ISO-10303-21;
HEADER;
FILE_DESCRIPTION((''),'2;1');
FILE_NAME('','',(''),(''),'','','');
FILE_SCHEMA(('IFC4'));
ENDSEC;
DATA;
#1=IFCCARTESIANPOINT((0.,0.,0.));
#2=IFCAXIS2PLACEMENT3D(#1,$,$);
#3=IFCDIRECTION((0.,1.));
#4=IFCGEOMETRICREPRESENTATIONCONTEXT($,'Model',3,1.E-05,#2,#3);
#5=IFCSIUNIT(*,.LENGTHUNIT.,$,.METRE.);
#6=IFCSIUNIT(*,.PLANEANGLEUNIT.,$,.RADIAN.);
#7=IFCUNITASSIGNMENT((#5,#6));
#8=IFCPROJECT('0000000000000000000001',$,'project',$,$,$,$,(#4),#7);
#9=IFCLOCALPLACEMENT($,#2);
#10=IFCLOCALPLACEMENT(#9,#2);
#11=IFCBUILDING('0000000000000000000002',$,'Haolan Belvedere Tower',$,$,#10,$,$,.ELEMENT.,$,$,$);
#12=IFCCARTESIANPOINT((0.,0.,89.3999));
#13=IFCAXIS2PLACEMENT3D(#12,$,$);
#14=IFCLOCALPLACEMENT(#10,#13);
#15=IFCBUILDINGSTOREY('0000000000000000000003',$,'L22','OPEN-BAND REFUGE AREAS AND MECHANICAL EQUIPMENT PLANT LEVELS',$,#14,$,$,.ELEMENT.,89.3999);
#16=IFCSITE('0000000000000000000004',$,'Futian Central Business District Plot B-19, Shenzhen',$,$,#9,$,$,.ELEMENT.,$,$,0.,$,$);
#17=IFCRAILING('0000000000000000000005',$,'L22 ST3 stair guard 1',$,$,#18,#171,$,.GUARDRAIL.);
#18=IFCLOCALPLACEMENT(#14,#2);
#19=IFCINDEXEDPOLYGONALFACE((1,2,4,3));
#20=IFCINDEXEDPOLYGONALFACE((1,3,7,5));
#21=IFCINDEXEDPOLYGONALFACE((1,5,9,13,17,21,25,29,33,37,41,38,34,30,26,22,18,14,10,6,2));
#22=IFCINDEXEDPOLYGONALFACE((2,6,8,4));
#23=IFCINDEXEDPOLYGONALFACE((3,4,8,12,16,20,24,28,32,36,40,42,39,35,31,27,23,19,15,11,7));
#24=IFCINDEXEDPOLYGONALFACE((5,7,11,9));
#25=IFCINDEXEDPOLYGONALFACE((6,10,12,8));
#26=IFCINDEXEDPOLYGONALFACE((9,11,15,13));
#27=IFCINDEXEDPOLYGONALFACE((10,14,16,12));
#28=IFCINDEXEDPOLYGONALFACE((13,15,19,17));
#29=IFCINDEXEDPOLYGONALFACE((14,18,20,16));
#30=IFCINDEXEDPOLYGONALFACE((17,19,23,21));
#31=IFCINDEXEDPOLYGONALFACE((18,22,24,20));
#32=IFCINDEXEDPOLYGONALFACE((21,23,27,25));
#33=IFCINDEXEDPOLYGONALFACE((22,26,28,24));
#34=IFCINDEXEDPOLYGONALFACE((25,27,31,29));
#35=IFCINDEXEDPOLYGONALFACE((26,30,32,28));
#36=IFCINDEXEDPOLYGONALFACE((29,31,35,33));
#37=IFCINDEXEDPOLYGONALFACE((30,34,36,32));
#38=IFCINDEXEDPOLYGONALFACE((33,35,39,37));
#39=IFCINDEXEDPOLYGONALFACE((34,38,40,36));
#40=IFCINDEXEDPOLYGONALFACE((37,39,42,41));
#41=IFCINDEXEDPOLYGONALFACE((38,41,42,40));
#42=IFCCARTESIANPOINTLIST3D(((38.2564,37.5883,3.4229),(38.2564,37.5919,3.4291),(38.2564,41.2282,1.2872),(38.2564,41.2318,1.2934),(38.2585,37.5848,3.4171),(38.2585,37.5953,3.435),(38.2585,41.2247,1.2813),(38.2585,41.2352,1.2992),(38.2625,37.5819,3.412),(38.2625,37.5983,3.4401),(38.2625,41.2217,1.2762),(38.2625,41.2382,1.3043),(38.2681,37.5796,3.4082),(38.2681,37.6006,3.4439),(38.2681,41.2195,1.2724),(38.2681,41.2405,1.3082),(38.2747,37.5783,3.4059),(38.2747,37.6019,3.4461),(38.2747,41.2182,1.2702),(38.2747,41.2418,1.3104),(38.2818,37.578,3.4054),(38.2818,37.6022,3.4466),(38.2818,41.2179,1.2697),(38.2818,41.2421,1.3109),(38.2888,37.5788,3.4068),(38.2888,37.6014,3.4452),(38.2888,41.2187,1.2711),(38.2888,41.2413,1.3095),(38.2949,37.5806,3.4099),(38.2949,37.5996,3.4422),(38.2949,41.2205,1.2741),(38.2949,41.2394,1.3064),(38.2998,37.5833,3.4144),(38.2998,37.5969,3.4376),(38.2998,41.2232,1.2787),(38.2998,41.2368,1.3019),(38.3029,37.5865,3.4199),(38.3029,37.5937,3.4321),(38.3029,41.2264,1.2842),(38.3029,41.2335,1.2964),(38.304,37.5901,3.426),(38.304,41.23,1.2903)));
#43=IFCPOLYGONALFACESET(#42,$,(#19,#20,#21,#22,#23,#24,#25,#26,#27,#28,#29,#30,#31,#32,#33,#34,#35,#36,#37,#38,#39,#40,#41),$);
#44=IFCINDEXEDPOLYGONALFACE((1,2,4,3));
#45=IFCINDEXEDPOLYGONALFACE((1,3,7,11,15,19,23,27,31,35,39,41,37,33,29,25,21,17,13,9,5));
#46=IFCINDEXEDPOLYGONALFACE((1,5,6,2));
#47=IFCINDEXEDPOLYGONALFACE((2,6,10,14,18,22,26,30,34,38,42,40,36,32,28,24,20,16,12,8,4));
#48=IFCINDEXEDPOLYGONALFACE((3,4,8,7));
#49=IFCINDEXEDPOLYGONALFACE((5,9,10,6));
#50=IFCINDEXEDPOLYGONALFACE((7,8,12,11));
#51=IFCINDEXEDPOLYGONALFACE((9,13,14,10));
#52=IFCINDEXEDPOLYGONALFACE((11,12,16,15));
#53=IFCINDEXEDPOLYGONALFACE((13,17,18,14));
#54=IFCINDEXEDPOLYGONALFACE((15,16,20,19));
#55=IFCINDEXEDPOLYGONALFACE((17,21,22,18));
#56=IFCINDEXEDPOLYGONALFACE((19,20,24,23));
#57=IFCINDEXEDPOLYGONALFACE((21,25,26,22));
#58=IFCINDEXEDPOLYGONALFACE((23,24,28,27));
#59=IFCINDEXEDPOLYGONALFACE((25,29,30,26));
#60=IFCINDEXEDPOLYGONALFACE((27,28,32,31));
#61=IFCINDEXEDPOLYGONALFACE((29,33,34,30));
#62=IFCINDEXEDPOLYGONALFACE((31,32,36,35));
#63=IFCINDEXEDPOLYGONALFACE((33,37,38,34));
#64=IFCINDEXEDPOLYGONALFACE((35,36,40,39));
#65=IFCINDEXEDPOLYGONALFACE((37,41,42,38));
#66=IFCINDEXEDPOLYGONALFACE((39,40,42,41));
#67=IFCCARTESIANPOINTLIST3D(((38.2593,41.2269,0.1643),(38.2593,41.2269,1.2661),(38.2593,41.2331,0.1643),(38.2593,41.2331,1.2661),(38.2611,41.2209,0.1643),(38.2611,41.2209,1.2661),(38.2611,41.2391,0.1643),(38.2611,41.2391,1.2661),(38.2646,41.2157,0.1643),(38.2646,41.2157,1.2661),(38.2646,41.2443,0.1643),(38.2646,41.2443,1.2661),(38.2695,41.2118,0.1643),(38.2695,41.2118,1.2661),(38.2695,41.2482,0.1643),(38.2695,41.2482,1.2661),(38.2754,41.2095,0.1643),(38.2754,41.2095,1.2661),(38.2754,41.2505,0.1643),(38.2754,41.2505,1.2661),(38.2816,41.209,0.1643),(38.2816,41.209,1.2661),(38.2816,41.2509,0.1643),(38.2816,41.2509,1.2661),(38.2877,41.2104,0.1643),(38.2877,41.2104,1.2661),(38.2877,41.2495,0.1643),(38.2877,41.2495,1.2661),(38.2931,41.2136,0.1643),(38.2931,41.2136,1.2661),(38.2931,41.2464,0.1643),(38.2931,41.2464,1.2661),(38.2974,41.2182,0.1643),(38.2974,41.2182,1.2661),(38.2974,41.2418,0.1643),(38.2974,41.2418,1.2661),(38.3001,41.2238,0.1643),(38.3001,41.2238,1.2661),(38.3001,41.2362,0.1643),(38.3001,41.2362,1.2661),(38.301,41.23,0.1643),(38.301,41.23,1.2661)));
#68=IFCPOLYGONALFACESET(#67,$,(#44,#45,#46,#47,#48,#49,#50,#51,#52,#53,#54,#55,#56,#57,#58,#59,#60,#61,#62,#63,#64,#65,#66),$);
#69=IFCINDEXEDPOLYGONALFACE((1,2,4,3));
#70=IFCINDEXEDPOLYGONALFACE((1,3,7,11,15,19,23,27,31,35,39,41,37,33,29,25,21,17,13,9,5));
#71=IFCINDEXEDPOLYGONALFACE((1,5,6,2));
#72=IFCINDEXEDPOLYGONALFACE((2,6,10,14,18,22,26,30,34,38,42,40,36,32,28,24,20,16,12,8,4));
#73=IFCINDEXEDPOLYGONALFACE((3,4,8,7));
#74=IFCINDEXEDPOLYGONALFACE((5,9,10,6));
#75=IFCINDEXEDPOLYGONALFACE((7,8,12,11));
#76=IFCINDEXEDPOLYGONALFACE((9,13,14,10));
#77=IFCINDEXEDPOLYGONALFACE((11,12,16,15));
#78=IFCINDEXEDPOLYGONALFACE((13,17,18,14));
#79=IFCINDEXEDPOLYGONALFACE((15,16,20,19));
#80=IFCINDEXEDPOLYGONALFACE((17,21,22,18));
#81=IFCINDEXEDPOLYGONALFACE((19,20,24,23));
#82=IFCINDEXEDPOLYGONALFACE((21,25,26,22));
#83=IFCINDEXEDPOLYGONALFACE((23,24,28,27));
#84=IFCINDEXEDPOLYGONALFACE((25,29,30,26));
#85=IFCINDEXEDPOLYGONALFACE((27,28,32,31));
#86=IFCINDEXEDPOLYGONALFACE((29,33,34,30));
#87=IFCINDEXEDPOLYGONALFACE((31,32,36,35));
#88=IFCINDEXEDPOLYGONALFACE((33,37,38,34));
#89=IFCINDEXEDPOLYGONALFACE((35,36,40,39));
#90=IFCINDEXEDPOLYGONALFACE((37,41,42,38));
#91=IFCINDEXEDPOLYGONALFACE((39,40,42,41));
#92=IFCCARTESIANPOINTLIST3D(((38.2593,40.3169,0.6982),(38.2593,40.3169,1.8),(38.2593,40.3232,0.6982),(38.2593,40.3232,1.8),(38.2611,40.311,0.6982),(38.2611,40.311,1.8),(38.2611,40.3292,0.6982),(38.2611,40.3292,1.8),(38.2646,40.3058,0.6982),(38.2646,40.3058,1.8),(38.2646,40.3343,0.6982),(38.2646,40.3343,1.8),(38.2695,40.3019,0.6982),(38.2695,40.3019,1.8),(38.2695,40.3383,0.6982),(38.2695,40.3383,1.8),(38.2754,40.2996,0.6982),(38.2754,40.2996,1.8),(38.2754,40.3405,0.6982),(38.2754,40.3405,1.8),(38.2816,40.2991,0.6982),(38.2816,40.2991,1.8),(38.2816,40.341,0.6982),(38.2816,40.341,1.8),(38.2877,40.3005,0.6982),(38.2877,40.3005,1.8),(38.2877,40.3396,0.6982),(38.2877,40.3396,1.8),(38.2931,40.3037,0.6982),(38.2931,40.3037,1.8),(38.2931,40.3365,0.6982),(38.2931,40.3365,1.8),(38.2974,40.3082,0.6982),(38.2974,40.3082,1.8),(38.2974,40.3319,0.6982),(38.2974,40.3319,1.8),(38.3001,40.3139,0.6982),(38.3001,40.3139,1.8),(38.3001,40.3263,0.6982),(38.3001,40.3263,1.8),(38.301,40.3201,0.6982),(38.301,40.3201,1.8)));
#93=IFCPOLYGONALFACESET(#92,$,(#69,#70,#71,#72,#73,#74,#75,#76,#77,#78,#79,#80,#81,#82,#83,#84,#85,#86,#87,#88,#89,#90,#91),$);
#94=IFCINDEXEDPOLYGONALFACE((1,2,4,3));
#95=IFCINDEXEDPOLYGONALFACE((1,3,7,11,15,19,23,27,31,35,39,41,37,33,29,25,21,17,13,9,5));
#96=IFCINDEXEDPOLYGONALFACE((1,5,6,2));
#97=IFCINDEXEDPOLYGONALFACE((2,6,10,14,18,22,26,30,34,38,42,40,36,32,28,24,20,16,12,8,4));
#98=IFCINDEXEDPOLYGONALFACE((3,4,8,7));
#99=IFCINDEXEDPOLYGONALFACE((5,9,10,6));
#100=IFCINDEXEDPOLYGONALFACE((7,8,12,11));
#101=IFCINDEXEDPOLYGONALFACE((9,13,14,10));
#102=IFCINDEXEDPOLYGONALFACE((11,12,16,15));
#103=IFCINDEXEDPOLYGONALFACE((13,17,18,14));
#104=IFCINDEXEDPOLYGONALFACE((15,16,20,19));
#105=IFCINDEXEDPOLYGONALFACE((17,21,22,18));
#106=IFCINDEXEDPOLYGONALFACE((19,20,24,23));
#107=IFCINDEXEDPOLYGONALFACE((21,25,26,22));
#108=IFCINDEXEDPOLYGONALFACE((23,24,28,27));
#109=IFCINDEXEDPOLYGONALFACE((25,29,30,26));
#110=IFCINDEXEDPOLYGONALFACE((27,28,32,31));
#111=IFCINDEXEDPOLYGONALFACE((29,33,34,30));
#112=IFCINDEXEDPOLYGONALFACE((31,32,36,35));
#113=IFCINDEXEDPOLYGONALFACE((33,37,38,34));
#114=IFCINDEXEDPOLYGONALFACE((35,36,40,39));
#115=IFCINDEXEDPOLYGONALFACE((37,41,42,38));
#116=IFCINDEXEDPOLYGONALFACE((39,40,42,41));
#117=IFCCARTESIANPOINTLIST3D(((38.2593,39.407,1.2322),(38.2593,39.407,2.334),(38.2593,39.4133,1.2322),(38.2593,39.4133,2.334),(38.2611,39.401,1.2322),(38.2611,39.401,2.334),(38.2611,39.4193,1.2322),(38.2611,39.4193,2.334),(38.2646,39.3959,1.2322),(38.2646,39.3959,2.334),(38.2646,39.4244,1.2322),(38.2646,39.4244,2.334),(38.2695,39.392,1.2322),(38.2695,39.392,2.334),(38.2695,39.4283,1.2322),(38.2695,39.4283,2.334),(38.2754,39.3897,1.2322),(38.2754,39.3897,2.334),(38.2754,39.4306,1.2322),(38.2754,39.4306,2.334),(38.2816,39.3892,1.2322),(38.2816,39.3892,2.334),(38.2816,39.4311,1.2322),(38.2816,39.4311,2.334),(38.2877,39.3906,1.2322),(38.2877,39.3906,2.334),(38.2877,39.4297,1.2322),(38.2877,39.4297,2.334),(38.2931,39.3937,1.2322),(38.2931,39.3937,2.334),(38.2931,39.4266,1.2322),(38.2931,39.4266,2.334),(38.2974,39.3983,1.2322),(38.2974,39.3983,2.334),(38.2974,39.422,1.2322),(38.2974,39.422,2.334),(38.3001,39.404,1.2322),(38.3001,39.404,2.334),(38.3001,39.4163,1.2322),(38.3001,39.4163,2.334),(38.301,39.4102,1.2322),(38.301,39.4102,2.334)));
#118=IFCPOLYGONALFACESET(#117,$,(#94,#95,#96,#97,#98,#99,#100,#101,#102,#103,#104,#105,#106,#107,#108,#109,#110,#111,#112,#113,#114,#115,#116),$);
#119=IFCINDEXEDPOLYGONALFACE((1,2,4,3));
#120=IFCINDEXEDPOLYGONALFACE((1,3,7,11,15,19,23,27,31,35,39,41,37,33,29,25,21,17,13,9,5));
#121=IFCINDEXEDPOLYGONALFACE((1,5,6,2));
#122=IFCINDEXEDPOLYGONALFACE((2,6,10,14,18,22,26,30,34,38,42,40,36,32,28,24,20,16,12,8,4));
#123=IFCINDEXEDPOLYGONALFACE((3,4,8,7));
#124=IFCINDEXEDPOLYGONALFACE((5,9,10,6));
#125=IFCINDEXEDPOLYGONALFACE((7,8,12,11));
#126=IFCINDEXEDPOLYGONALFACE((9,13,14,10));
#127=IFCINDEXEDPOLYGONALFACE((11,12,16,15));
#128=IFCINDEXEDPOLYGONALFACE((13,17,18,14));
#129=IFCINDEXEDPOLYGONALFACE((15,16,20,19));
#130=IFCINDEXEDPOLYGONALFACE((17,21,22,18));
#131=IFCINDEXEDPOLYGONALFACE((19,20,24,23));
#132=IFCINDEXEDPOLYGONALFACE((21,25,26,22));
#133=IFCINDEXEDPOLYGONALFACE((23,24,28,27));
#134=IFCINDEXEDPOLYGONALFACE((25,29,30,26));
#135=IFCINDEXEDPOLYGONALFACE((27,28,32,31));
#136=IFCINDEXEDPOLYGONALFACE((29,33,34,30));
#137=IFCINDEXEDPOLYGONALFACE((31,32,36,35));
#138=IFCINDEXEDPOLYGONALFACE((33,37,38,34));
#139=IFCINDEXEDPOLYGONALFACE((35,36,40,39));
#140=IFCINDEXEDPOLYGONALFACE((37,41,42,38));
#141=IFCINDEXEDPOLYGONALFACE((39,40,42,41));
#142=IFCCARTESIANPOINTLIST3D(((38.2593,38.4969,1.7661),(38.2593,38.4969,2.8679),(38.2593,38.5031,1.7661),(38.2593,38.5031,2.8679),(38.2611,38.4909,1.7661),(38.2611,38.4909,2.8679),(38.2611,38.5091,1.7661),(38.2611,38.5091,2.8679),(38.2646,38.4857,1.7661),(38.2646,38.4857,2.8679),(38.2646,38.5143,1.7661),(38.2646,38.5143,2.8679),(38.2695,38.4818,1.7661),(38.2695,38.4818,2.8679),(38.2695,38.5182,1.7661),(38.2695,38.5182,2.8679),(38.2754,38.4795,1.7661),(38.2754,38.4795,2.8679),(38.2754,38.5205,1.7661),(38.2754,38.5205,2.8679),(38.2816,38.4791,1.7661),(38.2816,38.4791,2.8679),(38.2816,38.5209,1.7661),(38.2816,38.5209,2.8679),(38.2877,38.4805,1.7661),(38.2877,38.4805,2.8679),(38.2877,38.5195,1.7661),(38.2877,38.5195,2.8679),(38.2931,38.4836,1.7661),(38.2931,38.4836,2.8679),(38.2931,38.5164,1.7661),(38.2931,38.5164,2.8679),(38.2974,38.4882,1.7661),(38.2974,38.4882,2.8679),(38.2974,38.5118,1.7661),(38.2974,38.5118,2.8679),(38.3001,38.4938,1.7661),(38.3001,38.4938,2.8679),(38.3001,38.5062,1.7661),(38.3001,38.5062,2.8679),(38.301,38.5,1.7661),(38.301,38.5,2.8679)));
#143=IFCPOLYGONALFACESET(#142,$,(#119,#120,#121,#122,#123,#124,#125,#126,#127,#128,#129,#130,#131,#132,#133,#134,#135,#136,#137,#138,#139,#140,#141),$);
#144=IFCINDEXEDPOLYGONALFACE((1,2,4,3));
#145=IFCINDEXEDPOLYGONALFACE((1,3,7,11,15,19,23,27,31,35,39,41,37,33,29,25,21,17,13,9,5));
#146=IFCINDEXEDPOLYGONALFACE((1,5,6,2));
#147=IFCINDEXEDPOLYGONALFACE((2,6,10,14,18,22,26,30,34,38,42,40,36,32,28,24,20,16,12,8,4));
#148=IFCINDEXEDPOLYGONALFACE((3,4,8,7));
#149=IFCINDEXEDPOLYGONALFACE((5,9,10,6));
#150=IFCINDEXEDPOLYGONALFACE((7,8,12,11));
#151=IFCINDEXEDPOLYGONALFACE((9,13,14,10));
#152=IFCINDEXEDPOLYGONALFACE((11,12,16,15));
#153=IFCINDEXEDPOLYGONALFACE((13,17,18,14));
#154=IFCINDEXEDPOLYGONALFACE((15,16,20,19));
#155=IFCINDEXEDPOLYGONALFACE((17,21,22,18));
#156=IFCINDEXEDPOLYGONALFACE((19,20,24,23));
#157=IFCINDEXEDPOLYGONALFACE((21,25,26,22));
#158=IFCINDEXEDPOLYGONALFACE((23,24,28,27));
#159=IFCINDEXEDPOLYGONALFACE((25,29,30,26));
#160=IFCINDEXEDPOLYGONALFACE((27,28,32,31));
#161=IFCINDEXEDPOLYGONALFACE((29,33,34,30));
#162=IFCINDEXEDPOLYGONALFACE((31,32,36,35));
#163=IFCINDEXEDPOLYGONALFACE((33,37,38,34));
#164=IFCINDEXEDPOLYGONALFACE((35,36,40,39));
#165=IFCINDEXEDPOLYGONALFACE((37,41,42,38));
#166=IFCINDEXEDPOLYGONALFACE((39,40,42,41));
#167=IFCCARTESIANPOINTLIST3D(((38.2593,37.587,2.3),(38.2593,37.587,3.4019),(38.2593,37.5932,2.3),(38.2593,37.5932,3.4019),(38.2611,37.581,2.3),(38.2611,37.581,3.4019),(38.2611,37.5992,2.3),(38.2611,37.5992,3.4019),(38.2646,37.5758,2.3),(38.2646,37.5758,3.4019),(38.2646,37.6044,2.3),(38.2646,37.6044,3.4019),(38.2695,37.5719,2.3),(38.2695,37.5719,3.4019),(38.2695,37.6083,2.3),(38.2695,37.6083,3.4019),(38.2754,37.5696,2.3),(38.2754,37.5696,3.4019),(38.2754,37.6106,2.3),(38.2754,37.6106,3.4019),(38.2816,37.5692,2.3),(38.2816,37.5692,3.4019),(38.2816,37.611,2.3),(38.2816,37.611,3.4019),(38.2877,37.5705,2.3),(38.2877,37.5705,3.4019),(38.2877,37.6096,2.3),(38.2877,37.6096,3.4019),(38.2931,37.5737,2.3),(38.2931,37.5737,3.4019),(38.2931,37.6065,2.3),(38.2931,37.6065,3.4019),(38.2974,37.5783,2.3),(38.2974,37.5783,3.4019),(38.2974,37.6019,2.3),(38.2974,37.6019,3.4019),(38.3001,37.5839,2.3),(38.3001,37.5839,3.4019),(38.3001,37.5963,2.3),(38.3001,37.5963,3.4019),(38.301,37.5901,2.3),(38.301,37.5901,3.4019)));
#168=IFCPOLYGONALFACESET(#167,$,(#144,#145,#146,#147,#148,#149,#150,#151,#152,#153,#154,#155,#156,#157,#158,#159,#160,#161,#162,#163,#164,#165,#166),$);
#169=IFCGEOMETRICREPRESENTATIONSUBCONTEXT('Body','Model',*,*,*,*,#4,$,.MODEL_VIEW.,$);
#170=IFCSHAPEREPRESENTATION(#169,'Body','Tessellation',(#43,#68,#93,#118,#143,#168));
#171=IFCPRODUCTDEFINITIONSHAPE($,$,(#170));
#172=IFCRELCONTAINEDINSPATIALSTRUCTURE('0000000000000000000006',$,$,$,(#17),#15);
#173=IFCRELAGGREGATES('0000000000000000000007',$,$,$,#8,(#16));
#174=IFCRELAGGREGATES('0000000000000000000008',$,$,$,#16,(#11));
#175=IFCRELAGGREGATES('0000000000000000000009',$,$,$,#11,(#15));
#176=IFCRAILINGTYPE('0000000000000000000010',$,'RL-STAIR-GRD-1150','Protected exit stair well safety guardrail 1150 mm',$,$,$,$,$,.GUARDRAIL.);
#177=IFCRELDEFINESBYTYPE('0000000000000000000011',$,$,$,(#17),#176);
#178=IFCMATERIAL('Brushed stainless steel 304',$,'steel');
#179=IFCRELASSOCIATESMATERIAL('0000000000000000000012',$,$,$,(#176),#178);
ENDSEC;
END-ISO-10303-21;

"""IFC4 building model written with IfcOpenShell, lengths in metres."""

from ifc_helpers import new_model, si_unit, direction, frame, origin, origin_2d, place, context, subcontext, project, spatial, circle, extrude, material, type_object, element, save


model = new_model("IFC4")

# Units and contexts
model_context = context("Model", 3, precision=1e-05, world=origin(), true_north=direction((0.0, 1.0)))
body_context = subcontext(model_context, "Body", "Model", "MODEL_VIEW")
ifc_project = project(units=[si_unit("LENGTHUNIT", "METRE"), si_unit("PLANEANGLEUNIT", "RADIAN")], contexts=[model_context])

# Site, building, storey
site_placement = place(None, origin())
site = spatial("IfcSite", under=ifc_project, at=site_placement, Name="Futian Central Business District Plot B-19, Shenzhen", CompositionType="ELEMENT", RefElevation=0.0)
building_placement = place(site_placement, origin())
building = spatial("IfcBuilding", under=site, at=building_placement, Name="Haolan Belvedere Tower", CompositionType="ELEMENT")
storey_placement = place(building_placement, frame((0.0, 0.0, 89.3999)))
storey = spatial("IfcBuildingStorey", under=building, at=storey_placement, Name="L22", Description="OPEN-BAND REFUGE AREAS AND MECHANICAL EQUIPMENT PLANT LEVELS", CompositionType="ELEMENT", Elevation=89.3999)

# Railing
ifc_material_1 = material(Name="Brushed stainless steel 304", Category="steel")
railing_type_1 = type_object("IfcRailingType", Name="RL-STAIR-GRD-1150", Description="Protected exit stair well safety guardrail 1150 mm", PredefinedType="GUARDRAIL", material=ifc_material_1)
railing_1_placement = place(storey_placement, frame((38.28, 41.23, 0.1643)))
element("IfcRailing", 1, at=railing_1_placement, inside=storey, type_object=railing_type_1, Name="L22 ST3 stair guard 1", PredefinedType="GUARDRAIL", context=body_context, shape_type="SweptSolid", body=[
    extrude(circle(Radius=0.0239, at=origin_2d()), frame((0.0, 0.0, 1.126), z_axis=(0.0, -0.86249, 0.506074), x_axis=(1.0, 0.0, 0.0)), (0.0, 0.0, 1.0), 4.2202),
    extrude(circle(Radius=0.021, at=origin_2d()), origin(), (0.0, 0.0, 1.0), 1.1018),
    extrude(circle(Radius=0.021, at=origin_2d()), frame((0.0, -0.9099, 0.5339)), (0.0, 0.0, 1.0), 1.1018),
    extrude(circle(Radius=0.021, at=origin_2d()), frame((0.0, -1.8198, 1.0679)), (0.0, 0.0, 1.0), 1.1018),
    extrude(circle(Radius=0.021, at=origin_2d()), frame((0.0, -2.73, 1.6018)), (0.0, 0.0, 1.0), 1.1018),
    extrude(circle(Radius=0.021, at=origin_2d()), frame((0.0, -3.6399, 2.1357)), (0.0, 0.0, 1.0), 1.1018),
])

save(model, "model.ifc")
